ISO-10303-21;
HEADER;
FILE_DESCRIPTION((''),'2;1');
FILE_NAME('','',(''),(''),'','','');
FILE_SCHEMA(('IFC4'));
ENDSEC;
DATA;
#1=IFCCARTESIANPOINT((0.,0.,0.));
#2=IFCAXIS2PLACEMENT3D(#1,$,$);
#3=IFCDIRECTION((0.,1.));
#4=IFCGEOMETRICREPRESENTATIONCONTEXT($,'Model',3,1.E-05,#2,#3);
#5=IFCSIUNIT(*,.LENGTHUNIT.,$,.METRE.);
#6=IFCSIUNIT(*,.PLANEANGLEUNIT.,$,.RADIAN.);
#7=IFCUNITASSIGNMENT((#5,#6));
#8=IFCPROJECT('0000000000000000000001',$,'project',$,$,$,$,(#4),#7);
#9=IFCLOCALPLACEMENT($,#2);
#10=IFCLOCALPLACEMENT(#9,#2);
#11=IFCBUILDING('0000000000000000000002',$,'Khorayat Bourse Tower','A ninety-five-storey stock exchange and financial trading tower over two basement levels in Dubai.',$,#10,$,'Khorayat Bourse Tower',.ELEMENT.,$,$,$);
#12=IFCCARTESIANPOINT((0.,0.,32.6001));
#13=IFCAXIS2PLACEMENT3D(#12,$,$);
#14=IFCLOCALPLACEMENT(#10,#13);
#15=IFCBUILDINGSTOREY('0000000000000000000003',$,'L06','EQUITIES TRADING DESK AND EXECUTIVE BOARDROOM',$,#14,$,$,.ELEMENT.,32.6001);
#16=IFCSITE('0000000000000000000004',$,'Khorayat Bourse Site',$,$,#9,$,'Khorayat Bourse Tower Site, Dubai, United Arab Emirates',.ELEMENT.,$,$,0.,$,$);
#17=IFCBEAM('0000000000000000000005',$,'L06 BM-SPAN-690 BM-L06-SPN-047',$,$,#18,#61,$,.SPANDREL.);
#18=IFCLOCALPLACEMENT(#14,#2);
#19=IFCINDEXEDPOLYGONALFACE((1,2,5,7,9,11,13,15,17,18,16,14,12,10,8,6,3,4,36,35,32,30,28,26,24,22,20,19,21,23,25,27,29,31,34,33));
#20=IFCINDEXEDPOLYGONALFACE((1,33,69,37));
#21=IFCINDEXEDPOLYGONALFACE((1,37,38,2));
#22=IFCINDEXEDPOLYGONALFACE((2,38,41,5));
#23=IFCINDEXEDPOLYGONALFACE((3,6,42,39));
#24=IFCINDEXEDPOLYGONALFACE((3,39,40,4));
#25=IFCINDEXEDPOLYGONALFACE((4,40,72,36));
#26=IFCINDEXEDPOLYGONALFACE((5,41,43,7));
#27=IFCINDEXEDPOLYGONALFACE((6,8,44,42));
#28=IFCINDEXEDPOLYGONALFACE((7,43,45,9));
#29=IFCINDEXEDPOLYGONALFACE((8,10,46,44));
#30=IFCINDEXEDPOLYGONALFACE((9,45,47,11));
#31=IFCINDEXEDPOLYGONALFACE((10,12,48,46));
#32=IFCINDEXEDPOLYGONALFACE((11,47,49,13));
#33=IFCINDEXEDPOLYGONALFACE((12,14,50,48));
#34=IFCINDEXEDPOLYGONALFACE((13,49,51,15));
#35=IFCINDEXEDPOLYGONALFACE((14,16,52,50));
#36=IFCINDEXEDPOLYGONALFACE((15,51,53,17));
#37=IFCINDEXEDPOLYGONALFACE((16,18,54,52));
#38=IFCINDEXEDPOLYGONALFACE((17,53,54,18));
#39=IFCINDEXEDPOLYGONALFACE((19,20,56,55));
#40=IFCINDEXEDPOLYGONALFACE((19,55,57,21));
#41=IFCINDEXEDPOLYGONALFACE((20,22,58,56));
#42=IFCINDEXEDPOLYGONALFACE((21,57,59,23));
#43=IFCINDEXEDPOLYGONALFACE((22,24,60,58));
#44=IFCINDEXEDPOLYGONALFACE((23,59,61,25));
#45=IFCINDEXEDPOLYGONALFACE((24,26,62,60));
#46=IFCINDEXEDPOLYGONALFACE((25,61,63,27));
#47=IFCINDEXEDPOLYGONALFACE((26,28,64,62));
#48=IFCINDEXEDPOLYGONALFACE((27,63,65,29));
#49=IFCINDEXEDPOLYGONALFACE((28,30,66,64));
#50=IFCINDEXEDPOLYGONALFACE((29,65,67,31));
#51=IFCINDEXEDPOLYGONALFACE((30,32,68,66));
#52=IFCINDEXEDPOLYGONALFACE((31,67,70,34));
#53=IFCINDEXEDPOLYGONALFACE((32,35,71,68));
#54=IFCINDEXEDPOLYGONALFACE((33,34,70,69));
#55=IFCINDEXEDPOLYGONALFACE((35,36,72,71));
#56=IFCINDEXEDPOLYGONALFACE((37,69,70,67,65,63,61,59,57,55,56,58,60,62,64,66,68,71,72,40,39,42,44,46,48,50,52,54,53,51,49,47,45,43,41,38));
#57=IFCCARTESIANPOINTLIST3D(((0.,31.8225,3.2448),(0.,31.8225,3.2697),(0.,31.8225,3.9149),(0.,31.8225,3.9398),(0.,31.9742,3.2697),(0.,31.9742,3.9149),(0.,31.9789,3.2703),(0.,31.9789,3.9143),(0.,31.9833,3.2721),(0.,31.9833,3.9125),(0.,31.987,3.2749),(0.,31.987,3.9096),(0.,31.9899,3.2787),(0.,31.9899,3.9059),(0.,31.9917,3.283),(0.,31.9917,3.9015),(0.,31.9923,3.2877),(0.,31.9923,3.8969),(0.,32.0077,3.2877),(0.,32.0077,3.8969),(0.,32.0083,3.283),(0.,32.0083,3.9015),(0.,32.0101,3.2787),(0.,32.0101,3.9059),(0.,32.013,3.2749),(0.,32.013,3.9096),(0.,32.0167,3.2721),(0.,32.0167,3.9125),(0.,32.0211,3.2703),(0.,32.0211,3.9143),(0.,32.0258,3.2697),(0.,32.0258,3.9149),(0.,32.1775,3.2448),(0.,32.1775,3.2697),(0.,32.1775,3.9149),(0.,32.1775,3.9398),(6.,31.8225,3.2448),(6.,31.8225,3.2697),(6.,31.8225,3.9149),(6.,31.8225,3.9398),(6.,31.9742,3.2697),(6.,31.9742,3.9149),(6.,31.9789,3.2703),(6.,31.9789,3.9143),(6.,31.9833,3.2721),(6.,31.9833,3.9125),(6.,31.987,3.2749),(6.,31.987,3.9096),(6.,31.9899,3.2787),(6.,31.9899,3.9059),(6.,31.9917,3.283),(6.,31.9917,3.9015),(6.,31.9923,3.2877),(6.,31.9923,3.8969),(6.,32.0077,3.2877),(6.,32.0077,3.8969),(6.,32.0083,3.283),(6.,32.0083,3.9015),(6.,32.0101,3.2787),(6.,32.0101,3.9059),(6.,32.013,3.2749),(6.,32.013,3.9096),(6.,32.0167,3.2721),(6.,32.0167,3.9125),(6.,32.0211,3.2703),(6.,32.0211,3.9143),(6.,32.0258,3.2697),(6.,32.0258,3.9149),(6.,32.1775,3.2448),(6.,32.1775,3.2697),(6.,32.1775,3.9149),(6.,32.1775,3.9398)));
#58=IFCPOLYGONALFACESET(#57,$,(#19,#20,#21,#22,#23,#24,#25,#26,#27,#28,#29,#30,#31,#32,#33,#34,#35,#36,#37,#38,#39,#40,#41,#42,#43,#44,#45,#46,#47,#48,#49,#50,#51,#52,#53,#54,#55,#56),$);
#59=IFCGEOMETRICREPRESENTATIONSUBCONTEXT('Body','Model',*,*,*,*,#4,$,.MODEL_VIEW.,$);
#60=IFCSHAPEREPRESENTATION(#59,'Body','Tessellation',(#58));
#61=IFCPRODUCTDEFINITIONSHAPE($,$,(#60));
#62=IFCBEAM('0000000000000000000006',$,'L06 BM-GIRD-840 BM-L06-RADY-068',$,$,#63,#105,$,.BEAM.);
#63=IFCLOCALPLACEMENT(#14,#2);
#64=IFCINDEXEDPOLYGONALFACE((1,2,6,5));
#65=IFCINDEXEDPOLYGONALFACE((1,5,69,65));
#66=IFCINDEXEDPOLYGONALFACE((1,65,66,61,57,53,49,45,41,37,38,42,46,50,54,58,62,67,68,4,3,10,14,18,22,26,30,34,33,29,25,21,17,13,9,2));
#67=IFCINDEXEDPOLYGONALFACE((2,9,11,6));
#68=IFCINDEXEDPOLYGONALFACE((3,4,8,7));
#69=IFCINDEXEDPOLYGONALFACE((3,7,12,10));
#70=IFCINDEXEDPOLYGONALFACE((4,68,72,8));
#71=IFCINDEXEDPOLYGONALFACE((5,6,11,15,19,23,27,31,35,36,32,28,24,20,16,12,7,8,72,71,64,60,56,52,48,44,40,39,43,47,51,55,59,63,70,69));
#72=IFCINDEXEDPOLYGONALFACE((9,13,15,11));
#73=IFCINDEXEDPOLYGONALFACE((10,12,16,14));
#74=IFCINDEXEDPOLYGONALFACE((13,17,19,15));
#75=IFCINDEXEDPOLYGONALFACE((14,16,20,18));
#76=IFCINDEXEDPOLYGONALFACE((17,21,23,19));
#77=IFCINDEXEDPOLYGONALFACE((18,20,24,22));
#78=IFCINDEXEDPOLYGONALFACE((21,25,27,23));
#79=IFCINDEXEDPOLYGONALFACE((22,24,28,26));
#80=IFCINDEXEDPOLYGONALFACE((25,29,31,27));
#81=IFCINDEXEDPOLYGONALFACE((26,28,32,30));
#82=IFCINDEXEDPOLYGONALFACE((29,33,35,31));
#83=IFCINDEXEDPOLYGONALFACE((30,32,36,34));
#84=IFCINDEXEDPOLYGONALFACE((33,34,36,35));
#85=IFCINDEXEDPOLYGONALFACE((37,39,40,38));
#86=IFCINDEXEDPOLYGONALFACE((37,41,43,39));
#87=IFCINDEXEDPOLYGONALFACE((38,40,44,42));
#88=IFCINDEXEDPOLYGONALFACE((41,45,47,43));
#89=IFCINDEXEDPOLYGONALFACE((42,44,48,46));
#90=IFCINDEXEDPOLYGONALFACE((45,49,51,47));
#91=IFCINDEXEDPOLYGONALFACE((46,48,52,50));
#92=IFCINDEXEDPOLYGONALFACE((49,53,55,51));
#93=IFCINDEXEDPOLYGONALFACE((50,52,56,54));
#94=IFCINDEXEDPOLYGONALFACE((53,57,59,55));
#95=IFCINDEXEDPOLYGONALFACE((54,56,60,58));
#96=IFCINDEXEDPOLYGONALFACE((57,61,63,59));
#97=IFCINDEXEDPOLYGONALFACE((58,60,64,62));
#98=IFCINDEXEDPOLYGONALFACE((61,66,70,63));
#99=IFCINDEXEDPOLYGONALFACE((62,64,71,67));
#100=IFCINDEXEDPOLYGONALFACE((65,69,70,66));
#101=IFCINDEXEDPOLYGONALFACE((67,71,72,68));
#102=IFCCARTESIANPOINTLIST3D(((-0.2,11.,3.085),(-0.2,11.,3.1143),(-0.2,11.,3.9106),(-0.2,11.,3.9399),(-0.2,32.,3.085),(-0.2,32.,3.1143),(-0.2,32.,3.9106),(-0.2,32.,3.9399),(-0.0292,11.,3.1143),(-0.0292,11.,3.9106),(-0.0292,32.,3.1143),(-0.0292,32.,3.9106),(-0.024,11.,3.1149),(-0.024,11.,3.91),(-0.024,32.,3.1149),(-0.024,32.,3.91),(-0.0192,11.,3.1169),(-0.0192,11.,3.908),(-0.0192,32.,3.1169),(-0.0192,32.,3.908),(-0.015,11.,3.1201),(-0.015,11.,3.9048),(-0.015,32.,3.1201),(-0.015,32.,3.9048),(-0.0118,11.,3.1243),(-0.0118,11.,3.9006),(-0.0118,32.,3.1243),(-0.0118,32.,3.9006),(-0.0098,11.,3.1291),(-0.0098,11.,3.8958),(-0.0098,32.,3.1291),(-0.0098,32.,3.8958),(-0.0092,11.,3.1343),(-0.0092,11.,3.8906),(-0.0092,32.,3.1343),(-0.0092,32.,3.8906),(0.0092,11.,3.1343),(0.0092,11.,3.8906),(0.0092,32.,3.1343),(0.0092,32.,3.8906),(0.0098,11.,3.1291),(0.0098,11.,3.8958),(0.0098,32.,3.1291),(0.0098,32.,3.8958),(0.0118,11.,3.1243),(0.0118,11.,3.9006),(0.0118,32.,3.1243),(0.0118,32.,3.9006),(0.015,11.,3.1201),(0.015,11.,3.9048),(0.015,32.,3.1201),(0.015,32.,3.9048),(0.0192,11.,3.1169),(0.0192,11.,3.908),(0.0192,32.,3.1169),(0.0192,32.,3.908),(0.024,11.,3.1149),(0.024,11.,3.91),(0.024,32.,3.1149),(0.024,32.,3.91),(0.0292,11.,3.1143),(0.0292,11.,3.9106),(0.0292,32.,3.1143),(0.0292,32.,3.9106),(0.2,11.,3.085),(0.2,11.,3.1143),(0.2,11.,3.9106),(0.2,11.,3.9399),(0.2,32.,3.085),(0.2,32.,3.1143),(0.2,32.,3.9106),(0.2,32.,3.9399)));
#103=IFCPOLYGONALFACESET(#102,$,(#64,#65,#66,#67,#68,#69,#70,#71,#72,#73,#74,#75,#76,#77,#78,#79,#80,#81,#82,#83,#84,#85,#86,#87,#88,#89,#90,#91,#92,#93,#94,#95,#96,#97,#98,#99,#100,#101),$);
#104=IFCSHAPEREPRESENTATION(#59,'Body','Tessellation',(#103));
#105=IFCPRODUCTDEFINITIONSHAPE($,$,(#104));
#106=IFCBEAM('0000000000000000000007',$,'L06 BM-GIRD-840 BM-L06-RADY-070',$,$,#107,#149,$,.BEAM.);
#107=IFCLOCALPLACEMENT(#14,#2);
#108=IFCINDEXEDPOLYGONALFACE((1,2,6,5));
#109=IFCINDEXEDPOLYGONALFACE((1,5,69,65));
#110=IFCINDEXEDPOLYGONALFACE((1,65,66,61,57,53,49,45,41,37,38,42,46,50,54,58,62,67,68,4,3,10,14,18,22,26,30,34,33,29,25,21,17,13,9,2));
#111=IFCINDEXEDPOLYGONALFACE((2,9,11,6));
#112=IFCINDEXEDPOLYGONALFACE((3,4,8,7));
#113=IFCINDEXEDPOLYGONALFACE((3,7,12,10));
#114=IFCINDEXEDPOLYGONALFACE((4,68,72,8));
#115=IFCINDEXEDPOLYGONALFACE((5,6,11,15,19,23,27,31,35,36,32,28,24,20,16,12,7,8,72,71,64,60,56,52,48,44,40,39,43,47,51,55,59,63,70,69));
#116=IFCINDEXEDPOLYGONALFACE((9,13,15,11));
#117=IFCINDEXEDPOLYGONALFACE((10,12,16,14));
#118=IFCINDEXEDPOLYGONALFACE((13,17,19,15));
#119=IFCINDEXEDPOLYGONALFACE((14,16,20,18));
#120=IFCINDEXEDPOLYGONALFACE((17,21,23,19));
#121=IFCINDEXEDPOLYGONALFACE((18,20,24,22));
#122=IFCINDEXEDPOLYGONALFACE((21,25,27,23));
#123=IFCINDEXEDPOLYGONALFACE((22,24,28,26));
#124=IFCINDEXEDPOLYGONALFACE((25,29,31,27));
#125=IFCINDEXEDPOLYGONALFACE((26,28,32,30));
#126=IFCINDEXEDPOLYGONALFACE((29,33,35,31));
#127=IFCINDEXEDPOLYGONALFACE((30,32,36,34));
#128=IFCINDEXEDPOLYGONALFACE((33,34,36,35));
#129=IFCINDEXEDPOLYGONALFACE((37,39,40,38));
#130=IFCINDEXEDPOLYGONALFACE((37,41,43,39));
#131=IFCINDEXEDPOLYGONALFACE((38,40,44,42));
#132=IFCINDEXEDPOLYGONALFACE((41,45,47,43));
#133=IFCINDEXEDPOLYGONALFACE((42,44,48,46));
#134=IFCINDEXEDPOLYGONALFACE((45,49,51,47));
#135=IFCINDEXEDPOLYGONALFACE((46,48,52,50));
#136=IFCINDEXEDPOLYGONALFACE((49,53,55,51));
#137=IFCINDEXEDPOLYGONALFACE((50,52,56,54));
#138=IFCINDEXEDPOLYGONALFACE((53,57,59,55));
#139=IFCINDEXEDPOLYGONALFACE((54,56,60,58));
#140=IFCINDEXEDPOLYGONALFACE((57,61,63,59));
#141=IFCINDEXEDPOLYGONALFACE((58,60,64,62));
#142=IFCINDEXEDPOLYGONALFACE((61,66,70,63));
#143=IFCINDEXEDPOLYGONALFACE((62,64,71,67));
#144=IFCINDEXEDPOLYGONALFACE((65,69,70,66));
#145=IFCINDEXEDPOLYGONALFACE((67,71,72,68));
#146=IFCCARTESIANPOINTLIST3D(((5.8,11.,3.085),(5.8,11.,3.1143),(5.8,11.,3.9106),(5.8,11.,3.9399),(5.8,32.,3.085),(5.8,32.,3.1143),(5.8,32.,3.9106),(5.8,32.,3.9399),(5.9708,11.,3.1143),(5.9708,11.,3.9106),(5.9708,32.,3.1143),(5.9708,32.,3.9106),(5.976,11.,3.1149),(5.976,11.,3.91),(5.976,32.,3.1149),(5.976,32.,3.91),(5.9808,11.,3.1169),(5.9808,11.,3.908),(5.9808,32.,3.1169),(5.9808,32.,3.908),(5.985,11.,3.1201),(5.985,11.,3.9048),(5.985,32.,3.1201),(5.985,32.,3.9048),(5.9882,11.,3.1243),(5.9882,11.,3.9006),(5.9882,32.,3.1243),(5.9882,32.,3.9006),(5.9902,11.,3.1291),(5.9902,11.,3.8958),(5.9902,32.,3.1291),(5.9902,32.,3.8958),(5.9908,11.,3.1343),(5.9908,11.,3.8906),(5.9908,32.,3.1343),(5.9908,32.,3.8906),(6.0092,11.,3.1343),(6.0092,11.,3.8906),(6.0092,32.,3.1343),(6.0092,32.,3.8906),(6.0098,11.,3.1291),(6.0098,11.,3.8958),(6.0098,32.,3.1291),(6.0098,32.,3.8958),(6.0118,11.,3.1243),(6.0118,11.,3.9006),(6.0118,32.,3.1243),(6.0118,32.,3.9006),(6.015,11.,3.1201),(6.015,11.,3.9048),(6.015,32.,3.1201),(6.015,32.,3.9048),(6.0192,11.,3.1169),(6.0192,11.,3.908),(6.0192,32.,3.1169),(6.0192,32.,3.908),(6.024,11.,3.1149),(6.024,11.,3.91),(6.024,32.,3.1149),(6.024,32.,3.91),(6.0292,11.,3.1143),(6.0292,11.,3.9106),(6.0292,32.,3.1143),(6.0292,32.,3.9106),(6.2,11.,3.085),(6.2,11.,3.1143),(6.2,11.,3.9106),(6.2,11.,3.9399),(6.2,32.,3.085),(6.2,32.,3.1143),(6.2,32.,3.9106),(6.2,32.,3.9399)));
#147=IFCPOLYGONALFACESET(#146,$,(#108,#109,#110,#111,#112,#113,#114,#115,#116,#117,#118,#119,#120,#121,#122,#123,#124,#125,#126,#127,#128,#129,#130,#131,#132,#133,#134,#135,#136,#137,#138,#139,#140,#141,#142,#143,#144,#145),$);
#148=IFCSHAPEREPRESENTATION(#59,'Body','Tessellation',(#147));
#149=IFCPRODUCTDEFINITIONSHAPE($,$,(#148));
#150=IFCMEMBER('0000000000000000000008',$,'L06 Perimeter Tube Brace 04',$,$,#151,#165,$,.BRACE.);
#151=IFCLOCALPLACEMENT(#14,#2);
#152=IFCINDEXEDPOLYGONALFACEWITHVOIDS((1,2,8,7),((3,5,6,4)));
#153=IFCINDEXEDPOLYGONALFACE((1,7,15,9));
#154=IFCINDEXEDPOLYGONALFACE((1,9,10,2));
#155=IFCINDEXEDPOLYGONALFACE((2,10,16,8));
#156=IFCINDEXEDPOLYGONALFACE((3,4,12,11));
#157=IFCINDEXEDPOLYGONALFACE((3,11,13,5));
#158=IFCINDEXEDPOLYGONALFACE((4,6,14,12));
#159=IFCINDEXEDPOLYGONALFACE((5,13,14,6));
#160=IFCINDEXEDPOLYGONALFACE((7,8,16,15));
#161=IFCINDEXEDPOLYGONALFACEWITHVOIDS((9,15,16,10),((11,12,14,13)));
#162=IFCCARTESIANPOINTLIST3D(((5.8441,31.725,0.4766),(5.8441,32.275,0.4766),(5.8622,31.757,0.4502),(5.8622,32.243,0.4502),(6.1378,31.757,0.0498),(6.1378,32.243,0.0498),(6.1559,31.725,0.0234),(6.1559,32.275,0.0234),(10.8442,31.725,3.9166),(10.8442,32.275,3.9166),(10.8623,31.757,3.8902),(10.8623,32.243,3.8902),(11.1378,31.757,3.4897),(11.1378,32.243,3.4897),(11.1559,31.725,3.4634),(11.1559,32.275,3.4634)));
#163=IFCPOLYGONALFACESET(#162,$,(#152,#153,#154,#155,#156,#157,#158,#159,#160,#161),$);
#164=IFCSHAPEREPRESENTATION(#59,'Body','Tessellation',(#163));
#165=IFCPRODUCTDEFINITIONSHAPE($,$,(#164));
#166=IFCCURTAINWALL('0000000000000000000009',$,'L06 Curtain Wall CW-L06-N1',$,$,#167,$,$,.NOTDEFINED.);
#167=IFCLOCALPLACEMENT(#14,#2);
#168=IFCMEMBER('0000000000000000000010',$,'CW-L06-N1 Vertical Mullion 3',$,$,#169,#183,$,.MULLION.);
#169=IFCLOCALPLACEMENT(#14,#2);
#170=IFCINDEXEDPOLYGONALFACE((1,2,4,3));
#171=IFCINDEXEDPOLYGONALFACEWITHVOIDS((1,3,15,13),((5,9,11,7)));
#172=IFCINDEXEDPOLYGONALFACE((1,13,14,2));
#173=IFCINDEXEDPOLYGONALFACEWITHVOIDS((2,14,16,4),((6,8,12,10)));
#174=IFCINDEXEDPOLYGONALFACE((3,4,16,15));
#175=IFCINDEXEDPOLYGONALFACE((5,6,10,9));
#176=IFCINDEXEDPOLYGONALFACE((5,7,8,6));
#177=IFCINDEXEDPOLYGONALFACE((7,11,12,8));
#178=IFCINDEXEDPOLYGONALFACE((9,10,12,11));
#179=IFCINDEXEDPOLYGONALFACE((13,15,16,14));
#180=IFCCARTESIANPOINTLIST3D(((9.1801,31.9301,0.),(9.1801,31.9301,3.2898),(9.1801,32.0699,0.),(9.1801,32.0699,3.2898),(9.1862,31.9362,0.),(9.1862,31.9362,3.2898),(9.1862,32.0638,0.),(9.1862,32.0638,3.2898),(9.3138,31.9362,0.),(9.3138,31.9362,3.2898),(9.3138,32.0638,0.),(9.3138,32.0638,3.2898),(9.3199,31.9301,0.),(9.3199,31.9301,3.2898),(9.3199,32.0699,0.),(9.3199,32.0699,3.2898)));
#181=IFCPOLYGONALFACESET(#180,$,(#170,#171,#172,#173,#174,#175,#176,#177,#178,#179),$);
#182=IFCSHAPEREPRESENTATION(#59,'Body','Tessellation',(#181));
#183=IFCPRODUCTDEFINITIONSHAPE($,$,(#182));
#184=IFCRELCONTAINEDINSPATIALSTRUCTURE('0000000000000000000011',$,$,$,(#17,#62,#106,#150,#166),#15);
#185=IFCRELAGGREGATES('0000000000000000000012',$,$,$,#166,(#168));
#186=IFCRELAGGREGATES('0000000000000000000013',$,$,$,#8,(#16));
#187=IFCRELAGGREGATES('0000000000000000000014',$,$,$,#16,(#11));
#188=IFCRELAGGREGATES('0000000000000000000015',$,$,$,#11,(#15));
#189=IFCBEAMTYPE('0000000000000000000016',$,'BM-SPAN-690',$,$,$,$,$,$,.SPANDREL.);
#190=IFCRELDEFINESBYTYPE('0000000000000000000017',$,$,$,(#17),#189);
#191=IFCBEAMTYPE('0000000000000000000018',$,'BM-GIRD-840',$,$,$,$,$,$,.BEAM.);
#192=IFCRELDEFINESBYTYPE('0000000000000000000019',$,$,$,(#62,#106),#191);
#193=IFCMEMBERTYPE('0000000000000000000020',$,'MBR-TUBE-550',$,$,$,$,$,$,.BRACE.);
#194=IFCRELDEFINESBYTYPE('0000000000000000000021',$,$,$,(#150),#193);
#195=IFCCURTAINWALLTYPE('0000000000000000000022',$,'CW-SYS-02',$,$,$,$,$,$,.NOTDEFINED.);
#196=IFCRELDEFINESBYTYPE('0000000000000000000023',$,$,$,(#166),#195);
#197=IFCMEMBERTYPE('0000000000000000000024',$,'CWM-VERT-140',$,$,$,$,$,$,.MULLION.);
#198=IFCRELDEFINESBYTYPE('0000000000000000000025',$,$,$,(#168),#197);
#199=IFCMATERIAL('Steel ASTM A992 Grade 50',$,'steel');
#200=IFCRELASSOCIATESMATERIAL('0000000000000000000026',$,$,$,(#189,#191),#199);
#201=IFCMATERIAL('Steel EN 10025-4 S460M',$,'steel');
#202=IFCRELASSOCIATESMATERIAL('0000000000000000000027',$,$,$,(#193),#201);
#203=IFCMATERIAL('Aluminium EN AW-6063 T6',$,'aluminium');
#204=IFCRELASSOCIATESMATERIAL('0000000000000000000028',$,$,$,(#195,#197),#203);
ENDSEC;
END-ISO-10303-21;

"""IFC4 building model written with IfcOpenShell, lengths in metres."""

from ifc_helpers import new_model, si_unit, direction, frame, origin, origin_2d, place, context, subcontext, project, spatial, hollow_rectangle, i_section, extrude, source, transform, mapped, material, material_profile, profile_set, type_object, element, aggregate, save


model = new_model("IFC4")

# Units and contexts
model_context = context("Model", 3, precision=1e-05, world=origin(), true_north=direction((0.0, 1.0)))
body_context = subcontext(model_context, "Body", "Model", "MODEL_VIEW")
ifc_project = project(units=[si_unit("LENGTHUNIT", "METRE"), si_unit("PLANEANGLEUNIT", "RADIAN")], contexts=[model_context])

# Site, building, storey
site_placement = place(None, origin())
site = spatial("IfcSite", under=ifc_project, at=site_placement, Name="Khorayat Bourse Site", LongName="Khorayat Bourse Tower Site, Dubai, United Arab Emirates", CompositionType="ELEMENT", RefElevation=0.0)
building_placement = place(site_placement, origin())
building = spatial("IfcBuilding", under=site, at=building_placement, Name="Khorayat Bourse Tower", Description="A ninety-five-storey stock exchange and financial trading tower over two basement levels in Dubai.", LongName="Khorayat Bourse Tower", CompositionType="ELEMENT")
storey_placement = place(building_placement, frame((0.0, 0.0, 32.6001)))
storey = spatial("IfcBuildingStorey", under=building, at=storey_placement, Name="L06", Description="EQUITIES TRADING DESK AND EXECUTIVE BOARDROOM", CompositionType="ELEMENT", Elevation=32.6001)

# Shared definitions
ifc_material_1 = material(Name="Steel EN 10025-4 S460M", Category="steel")

# Beams
ifc_material_2 = material(Name="Steel ASTM A992 Grade 50", Category="steel")
ifc_material_profile_1 = material_profile(ifc_material_2, i_section(OverallWidth=0.355, OverallDepth=0.6951, WebThickness=0.0154, FlangeThickness=0.0249, FilletRadius=0.0181, at=origin_2d()), Name="W690X217")
ifc_profile_set_1 = profile_set([ifc_material_profile_1], Name="Steel ASTM A992 Grade 50")
beam_type_1 = type_object("IfcBeamType", Name="BM-SPAN-690", PredefinedType="SPANDREL", material=ifc_profile_set_1)
shared_shape_1 = source(origin(), body_context, "Body", "SweptSolid", [
    extrude(i_section(OverallWidth=0.355, OverallDepth=0.6951, WebThickness=0.0154, FlangeThickness=0.0249, FilletRadius=0.0181, at=origin_2d()), origin(), (0.0, 0.0, 1.0), 6.0),
])
beam_1_placement = place(storey_placement, frame((0.0, 32.0, 3.5923), z_axis=(1.0, 0.0, 0.0), x_axis=(0.0, 1.0, 0.0)))
element("IfcBeam", 1, at=beam_1_placement, inside=storey, type_object=beam_type_1, Name="L06 BM-SPAN-690 BM-L06-SPN-047", PredefinedType="SPANDREL", context=body_context, shape_type="MappedRepresentation", body=[
    mapped(shared_shape_1, transform((0.0, 0.0, 0.0), scale=1.0)),
])
ifc_material_profile_2 = material_profile(ifc_material_2, i_section(OverallWidth=0.3999, OverallDepth=0.855, WebThickness=0.0183, FlangeThickness=0.0293, FilletRadius=0.02, at=origin_2d()), Name="W840X299")
ifc_profile_set_2 = profile_set([ifc_material_profile_2], Name="Steel ASTM A992 Grade 50")
beam_type_2 = type_object("IfcBeamType", Name="BM-GIRD-840", PredefinedType="BEAM", material=ifc_profile_set_2)
shared_shape_2 = source(origin(), body_context, "Body", "SweptSolid", [
    extrude(i_section(OverallWidth=0.3999, OverallDepth=0.855, WebThickness=0.0183, FlangeThickness=0.0293, FilletRadius=0.02, at=origin_2d()), origin(), (0.0, 0.0, 1.0), 21.0),
])
for number, where, z_axis, x_axis, name in (
    (2, (0.0, 11.0, 3.5125), (0.0, 1.0, 0.0), (-1.0, 0.0, 0.0), "L06 BM-GIRD-840 BM-L06-RADY-068"),
    (3, (6.0, 11.0, 3.5125), (0.0, 1.0, 0.0), (-1.0, 0.0, 0.0), "L06 BM-GIRD-840 BM-L06-RADY-070"),
):
    element("IfcBeam", number, at=place(storey_placement, frame(where, z_axis=z_axis, x_axis=x_axis)), inside=storey, type_object=beam_type_2, Name=name, PredefinedType="BEAM", context=body_context, shape_type="MappedRepresentation", body=[
        mapped(shared_shape_2, transform((0.0, 0.0, 0.0), scale=1.0)),
    ])

# Member
ifc_material_profile_3 = material_profile(ifc_material_1, hollow_rectangle(XDim=0.55, YDim=0.55, WallThickness=0.032, at=origin_2d()), Name="HSS 550x550x32")
ifc_profile_set_3 = profile_set([ifc_material_profile_3], Name="Steel EN 10025-4 S460M")
member_type_1 = type_object("IfcMemberType", Name="MBR-TUBE-550", PredefinedType="BRACE", material=ifc_profile_set_3)
shared_shape_3 = source(origin(), body_context, "Body", "SweptSolid", [
    extrude(hollow_rectangle(XDim=0.55, YDim=0.55, WallThickness=0.032, at=origin_2d()), origin(), (0.0, 0.0, 1.0), 6.0691),
])
member_1_placement = place(storey_placement, frame((6.0, 32.0, 0.25), z_axis=(0.823854, 0.0, 0.566802), x_axis=(0.0, 1.0, 0.0)))
element("IfcMember", 4, at=member_1_placement, inside=storey, type_object=member_type_1, Name="L06 Perimeter Tube Brace 04", PredefinedType="BRACE", context=body_context, shape_type="MappedRepresentation", body=[
    mapped(shared_shape_3, transform((0.0, 0.0, 0.0), scale=1.0)),
])

# Curtain wall, member
ifc_material_3 = material(Name="Aluminium EN AW-6063 T6", Category="aluminium")
curtain_wall_type = type_object("IfcCurtainWallType", Name="CW-SYS-02", PredefinedType="NOTDEFINED", material=ifc_material_3)
curtain_wall_placement = place(storey_placement, origin())
curtain_wall = element("IfcCurtainWall", 5, at=curtain_wall_placement, inside=storey, type_object=curtain_wall_type, Name="L06 Curtain Wall CW-L06-N1", PredefinedType="NOTDEFINED")
ifc_material_profile_4 = material_profile(ifc_material_3, hollow_rectangle(XDim=0.1399, YDim=0.1399, WallThickness=0.0061, at=origin_2d()), Name="ALU 140x140x6")
ifc_profile_set_4 = profile_set([ifc_material_profile_4], Name="Aluminium EN AW-6063 T6")
member_type_2 = type_object("IfcMemberType", Name="CWM-VERT-140", PredefinedType="MULLION", material=ifc_profile_set_4)
shared_shape_4 = source(origin(), body_context, "Body", "SweptSolid", [
    extrude(hollow_rectangle(XDim=0.1399, YDim=0.1399, WallThickness=0.0061, at=origin_2d()), origin(), (0.0, 0.0, 1.0), 3.2898),
])
member_2_placement = place(storey_placement, frame((9.25, 32.0, 0.0), z_axis=(0.0, 0.0, 1.0), x_axis=(0.0, 1.0, 0.0)))
member_2 = element("IfcMember", 6, at=member_2_placement, type_object=member_type_2, Name="CW-L06-N1 Vertical Mullion 3", PredefinedType="MULLION", context=body_context, shape_type="MappedRepresentation", body=[
    mapped(shared_shape_4, transform((0.0, 0.0, 0.0), scale=1.0)),
])

aggregate(curtain_wall, [member_2])

save(model, "model.ifc")
